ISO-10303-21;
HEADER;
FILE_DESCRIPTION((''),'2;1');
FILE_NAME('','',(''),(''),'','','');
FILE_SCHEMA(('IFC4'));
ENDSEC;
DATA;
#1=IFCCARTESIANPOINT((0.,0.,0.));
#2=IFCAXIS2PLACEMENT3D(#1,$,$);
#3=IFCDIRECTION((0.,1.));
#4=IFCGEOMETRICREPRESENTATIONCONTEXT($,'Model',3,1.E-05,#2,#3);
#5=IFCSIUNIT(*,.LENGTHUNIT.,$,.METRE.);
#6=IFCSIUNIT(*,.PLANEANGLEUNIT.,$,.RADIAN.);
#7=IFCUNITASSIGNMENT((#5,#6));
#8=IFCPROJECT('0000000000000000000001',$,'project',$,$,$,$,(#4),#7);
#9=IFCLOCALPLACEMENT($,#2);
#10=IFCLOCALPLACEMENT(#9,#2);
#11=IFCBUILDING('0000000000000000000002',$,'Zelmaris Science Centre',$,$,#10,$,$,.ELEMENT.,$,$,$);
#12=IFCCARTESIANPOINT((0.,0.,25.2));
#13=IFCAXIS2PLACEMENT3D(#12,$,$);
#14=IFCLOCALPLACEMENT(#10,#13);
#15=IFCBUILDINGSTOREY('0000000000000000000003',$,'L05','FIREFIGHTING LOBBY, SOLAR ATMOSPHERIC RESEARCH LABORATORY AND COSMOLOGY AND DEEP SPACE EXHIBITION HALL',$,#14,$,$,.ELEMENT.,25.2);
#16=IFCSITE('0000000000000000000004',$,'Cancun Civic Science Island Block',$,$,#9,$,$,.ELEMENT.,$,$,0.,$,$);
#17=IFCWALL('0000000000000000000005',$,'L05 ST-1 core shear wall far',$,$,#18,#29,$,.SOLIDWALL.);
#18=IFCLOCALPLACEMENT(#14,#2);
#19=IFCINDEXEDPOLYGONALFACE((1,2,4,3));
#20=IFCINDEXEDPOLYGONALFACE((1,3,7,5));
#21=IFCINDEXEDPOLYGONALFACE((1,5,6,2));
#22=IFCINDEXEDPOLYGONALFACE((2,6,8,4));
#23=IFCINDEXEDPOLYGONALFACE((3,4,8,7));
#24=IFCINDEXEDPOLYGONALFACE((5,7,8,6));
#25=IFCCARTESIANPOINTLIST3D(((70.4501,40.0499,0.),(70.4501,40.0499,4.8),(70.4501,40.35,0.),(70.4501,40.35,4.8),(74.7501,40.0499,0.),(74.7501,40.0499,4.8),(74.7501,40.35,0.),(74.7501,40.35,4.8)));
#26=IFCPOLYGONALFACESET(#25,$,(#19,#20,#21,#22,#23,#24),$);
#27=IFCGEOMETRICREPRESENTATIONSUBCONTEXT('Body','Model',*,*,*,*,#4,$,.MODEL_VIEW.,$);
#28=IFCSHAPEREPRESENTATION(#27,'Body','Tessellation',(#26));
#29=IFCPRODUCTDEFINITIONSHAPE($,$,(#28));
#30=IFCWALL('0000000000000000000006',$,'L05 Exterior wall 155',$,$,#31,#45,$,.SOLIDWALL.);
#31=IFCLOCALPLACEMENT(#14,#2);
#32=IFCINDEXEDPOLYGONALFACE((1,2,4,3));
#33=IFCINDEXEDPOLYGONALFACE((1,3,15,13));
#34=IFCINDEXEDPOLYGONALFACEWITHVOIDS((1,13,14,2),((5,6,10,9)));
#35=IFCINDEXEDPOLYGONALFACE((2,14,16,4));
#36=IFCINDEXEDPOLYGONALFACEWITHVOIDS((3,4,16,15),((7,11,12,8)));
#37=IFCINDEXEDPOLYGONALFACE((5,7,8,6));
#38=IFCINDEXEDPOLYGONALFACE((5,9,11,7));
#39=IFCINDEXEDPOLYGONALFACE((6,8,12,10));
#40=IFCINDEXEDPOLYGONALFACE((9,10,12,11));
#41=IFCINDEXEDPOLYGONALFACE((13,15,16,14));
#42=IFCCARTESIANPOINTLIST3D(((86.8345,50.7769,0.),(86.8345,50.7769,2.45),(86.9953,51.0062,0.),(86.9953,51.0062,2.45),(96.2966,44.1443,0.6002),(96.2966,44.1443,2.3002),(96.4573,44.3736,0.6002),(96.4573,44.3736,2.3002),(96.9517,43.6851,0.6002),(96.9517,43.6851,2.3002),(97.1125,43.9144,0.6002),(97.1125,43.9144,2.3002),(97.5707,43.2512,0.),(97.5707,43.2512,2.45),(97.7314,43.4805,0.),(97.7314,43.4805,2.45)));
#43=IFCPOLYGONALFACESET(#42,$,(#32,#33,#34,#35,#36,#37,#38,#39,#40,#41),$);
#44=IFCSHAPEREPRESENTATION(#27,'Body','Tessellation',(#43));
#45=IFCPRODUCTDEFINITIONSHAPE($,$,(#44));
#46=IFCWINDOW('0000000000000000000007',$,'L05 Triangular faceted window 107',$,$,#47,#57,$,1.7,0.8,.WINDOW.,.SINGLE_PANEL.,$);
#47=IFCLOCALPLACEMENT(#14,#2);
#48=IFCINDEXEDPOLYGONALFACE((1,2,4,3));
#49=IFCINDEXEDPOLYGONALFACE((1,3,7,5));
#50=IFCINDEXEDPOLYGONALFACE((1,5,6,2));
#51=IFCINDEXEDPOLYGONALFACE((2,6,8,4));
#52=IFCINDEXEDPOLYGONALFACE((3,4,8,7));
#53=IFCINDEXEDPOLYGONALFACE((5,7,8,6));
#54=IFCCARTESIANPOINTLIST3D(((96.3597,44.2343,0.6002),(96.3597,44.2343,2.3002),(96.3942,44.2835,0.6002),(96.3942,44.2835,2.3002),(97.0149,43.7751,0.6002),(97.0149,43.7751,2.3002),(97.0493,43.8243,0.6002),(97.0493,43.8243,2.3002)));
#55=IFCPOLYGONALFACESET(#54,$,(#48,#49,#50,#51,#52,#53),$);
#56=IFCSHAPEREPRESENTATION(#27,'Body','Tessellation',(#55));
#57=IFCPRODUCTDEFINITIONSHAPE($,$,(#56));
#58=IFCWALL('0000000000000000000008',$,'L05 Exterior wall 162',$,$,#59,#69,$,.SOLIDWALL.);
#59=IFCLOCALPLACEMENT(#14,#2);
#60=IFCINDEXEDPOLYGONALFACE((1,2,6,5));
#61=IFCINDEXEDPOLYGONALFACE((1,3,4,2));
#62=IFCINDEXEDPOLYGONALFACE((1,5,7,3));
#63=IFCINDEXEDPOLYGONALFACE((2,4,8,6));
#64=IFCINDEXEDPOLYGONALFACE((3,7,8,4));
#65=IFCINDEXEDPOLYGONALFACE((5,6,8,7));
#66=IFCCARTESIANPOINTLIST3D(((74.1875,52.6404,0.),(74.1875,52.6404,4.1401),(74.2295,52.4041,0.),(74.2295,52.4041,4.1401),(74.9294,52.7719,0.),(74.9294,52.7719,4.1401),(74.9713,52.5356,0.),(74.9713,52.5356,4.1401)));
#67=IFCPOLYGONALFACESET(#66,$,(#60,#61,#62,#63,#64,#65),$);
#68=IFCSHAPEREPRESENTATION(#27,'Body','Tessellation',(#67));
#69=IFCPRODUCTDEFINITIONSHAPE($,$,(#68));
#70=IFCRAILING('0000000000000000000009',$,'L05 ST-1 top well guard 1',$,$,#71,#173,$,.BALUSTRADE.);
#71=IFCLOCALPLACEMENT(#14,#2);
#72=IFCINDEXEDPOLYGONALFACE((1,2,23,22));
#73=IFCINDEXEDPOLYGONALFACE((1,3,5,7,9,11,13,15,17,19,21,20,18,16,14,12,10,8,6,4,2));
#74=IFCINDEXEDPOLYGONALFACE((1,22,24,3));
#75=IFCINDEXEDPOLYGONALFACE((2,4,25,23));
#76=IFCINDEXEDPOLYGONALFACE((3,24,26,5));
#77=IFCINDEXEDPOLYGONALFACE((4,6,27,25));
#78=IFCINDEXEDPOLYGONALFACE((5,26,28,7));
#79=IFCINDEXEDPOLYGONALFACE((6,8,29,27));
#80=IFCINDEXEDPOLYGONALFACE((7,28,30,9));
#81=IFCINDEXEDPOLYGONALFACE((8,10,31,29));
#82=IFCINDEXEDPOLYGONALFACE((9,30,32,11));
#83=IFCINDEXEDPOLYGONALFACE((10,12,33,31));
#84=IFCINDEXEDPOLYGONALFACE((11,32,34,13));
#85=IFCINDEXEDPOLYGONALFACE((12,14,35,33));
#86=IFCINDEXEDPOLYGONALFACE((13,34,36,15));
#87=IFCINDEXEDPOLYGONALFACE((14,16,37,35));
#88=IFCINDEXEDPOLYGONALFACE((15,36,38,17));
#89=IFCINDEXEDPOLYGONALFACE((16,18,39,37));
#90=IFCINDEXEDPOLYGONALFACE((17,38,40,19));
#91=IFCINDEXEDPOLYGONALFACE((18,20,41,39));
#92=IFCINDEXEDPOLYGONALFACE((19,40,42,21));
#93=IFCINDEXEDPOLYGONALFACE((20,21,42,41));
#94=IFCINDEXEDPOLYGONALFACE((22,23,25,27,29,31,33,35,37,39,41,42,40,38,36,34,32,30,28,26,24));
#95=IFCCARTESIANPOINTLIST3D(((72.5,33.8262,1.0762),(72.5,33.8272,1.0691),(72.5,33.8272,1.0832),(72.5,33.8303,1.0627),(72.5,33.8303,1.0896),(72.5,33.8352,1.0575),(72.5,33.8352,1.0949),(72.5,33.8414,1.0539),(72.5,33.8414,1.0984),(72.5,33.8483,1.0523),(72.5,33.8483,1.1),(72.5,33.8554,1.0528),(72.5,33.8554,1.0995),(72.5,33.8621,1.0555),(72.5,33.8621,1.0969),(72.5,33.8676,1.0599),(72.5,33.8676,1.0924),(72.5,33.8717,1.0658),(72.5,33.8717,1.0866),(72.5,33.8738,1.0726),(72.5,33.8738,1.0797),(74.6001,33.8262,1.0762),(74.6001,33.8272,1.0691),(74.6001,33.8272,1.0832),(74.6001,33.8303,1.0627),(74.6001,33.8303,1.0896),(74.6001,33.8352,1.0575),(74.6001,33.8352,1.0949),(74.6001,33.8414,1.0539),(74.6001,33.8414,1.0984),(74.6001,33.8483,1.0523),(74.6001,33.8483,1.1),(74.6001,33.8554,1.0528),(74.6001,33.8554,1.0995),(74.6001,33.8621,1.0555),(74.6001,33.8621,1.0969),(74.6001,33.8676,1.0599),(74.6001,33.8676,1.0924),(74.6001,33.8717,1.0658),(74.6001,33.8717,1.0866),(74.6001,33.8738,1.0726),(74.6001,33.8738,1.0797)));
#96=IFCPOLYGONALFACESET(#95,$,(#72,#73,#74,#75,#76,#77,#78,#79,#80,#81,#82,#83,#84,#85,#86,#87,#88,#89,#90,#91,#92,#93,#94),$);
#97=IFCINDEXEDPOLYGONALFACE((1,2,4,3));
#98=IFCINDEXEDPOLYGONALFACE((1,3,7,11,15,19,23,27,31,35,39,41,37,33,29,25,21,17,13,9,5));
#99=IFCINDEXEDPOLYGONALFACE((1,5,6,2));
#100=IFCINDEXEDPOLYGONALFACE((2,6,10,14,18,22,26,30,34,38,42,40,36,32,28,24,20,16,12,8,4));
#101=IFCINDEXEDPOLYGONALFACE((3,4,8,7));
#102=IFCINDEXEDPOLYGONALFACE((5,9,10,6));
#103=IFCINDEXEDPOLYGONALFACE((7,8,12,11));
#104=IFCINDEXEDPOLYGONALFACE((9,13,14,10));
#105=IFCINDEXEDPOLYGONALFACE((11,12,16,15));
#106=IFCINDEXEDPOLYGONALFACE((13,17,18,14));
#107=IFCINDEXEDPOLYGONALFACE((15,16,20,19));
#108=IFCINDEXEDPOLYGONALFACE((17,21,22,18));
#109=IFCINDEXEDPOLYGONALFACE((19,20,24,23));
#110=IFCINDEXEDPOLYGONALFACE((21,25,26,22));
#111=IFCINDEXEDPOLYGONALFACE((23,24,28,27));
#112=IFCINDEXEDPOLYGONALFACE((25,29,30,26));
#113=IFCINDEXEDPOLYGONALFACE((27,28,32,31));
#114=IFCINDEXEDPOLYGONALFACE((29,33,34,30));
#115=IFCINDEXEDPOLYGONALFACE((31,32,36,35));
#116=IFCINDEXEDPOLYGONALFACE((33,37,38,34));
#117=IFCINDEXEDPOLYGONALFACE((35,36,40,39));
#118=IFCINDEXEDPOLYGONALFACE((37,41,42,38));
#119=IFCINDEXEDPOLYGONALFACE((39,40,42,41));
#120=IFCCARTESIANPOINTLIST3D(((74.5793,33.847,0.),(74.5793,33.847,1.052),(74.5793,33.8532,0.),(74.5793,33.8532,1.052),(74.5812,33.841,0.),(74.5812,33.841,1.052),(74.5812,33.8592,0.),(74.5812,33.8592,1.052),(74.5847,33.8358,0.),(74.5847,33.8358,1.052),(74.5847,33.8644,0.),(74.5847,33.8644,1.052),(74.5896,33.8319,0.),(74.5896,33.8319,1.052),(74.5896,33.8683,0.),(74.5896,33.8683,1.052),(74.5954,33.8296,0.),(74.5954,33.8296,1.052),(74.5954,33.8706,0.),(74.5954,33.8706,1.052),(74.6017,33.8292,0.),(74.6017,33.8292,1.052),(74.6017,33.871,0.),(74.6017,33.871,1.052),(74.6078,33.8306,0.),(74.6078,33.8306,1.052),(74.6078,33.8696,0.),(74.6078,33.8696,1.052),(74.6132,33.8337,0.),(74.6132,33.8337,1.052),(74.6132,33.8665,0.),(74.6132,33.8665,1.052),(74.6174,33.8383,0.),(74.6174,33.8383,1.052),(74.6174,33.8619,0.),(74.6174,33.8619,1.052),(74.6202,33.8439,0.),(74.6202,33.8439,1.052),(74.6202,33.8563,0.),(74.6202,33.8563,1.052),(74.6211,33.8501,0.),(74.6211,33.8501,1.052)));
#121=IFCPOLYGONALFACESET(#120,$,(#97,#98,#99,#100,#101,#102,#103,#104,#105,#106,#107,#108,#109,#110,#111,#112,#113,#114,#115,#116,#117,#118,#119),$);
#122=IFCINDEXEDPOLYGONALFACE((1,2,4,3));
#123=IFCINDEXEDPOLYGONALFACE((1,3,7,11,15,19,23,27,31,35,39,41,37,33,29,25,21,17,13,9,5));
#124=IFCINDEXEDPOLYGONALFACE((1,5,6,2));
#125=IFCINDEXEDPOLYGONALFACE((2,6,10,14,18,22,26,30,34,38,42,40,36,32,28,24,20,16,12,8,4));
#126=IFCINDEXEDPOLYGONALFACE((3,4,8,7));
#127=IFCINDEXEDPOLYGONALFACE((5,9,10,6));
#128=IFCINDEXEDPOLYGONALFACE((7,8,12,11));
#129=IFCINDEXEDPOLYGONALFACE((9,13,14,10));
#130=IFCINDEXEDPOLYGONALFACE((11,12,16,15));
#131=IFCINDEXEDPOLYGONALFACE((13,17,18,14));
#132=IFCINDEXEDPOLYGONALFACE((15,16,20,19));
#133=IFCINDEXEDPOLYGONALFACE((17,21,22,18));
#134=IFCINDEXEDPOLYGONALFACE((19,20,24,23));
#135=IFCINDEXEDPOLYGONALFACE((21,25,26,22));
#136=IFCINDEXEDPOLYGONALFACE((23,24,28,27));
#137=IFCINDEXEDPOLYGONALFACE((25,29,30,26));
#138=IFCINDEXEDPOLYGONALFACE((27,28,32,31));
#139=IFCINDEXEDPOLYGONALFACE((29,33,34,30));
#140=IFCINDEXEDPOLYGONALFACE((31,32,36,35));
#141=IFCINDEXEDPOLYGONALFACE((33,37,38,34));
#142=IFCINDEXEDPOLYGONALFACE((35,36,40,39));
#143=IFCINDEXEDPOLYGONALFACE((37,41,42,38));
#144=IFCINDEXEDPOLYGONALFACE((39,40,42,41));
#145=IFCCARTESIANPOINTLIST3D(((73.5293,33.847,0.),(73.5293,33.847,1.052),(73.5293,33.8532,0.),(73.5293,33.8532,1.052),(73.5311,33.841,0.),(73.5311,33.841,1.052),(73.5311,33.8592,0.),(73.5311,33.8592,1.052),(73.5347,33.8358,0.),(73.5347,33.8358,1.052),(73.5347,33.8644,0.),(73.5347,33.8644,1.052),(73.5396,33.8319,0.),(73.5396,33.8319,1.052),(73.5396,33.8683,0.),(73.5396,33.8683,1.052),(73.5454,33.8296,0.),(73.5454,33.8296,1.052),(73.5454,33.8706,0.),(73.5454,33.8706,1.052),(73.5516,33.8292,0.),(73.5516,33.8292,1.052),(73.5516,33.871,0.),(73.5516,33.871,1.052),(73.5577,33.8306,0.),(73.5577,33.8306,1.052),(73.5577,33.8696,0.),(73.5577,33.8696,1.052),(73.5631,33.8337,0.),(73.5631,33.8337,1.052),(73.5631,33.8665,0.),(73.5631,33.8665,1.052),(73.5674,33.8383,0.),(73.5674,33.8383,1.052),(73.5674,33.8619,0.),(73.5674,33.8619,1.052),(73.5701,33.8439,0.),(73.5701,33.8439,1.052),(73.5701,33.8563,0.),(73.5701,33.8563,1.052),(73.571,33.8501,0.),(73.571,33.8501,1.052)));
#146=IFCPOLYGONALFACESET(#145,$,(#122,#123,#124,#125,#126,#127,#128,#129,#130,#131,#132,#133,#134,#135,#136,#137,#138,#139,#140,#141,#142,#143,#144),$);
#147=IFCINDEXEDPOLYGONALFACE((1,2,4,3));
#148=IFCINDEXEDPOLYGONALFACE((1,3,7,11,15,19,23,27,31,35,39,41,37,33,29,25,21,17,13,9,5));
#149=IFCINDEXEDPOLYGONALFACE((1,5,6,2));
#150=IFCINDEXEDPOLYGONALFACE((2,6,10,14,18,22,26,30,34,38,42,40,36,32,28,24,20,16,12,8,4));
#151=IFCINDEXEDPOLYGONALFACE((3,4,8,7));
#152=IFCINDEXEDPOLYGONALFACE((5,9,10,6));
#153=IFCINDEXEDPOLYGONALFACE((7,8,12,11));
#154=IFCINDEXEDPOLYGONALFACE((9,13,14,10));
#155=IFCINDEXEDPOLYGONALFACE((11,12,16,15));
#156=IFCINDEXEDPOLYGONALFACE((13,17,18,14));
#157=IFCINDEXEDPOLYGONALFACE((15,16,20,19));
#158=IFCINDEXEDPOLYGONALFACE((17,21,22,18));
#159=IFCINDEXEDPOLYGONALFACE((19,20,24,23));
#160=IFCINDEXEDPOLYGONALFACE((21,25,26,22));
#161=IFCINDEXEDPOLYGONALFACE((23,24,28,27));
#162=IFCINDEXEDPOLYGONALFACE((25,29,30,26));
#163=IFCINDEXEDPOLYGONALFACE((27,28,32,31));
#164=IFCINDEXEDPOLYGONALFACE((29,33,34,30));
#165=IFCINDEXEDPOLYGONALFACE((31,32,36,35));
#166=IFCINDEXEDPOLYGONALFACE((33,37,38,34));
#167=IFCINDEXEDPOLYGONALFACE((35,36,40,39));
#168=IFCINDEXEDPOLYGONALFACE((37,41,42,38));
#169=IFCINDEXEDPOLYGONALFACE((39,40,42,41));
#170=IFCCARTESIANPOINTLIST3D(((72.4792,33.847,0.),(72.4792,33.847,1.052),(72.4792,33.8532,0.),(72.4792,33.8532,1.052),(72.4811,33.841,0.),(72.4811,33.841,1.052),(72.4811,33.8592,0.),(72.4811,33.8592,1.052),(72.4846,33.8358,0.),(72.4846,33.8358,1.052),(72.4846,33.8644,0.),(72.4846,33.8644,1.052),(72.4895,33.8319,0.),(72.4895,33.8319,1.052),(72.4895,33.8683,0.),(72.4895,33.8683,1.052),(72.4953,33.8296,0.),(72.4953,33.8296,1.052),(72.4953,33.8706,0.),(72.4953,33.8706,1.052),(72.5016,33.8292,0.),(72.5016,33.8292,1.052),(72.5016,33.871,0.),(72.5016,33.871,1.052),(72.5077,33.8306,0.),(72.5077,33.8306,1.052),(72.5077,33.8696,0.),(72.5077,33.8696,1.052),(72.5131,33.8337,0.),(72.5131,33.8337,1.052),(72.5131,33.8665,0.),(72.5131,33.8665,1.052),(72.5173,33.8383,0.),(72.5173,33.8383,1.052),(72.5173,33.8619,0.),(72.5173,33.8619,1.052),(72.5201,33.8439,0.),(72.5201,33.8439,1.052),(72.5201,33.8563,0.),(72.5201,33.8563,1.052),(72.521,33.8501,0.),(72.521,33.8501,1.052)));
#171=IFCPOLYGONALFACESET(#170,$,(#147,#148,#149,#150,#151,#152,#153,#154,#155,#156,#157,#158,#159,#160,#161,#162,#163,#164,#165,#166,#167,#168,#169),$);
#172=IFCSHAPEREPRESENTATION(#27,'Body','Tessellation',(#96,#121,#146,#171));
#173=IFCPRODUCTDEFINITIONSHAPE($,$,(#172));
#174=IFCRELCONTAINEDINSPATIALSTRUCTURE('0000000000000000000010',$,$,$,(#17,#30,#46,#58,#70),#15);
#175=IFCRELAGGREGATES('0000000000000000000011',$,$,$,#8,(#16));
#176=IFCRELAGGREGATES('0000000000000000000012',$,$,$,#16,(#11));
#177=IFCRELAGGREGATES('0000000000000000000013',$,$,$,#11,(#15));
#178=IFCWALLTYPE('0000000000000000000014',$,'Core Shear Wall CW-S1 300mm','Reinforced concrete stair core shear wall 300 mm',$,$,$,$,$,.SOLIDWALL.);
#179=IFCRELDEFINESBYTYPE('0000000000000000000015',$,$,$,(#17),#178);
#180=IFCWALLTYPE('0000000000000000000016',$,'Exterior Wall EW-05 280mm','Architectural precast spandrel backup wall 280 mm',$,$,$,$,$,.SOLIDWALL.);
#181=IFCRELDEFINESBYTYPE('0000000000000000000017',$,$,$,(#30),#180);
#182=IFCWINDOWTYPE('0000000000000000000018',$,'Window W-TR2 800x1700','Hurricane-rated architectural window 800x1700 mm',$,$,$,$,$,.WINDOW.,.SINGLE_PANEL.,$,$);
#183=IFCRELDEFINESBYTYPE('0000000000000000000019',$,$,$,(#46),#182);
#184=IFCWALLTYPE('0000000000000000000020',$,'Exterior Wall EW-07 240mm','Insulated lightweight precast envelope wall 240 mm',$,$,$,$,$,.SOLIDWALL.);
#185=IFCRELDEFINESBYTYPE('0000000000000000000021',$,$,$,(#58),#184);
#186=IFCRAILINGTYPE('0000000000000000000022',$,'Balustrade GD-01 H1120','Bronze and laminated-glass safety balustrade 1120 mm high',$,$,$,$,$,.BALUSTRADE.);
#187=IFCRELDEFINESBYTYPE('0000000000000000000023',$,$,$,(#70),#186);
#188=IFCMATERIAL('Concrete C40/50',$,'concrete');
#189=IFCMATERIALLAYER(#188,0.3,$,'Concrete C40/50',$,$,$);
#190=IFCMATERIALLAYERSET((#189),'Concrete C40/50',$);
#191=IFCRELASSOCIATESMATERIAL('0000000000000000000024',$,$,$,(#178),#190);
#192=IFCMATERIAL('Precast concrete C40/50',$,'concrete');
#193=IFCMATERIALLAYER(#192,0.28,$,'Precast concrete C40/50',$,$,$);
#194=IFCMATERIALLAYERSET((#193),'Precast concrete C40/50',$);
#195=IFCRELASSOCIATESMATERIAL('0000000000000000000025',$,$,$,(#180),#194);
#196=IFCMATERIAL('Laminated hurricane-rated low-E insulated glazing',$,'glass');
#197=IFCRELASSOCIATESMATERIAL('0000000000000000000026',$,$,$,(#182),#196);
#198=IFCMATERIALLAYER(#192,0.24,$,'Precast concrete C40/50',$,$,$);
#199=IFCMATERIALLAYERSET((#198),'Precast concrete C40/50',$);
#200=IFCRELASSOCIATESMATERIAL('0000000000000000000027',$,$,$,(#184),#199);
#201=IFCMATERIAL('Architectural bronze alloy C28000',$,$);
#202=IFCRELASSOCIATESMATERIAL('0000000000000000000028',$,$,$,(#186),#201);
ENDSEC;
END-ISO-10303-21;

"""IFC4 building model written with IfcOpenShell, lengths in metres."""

from ifc_helpers import new_model, si_unit, direction, frame, frame_2d, origin, origin_2d, place, context, subcontext, project, spatial, rectangle, circle, extrude, material, layer, layer_set, type_object, element, fill, save


model = new_model("IFC4")

# Units and contexts
model_context = context("Model", 3, precision=1e-05, world=origin(), true_north=direction((0.0, 1.0)))
body_context = subcontext(model_context, "Body", "Model", "MODEL_VIEW")
ifc_project = project(units=[si_unit("LENGTHUNIT", "METRE"), si_unit("PLANEANGLEUNIT", "RADIAN")], contexts=[model_context])

# Site, building, storey
site_placement = place(None, origin())
site = spatial("IfcSite", under=ifc_project, at=site_placement, Name="Cancun Civic Science Island Block", CompositionType="ELEMENT", RefElevation=0.0)
building_placement = place(site_placement, origin())
building = spatial("IfcBuilding", under=site, at=building_placement, Name="Zelmaris Science Centre", CompositionType="ELEMENT")
storey_placement = place(building_placement, frame((0.0, 0.0, 25.2)))
storey = spatial("IfcBuildingStorey", under=building, at=storey_placement, Name="L05", Description="FIREFIGHTING LOBBY, SOLAR ATMOSPHERIC RESEARCH LABORATORY AND COSMOLOGY AND DEEP SPACE EXHIBITION HALL", CompositionType="ELEMENT", Elevation=25.2)

# Shared definitions
ifc_material_1 = material(Name="Precast concrete C40/50", Category="concrete")

# Wall
ifc_material_2 = material(Name="Concrete C40/50", Category="concrete")
ifc_layer_1 = layer(ifc_material_2, 0.3, Name="Concrete C40/50")
ifc_layer_set_1 = layer_set([ifc_layer_1], Name="Concrete C40/50")
wall_type_1 = type_object("IfcWallType", Name="Core Shear Wall CW-S1 300mm", Description="Reinforced concrete stair core shear wall 300 mm", PredefinedType="SOLIDWALL", material=ifc_layer_set_1)
wall_1_placement = place(storey_placement, frame((74.75, 40.2, 0.0), z_axis=(0.0, 0.0, 1.0), x_axis=(-1.0, 0.0, 0.0)))
element("IfcWall", 1, at=wall_1_placement, inside=storey, type_object=wall_type_1, Name="L05 ST-1 core shear wall far", PredefinedType="SOLIDWALL", context=body_context, shape_type="SweptSolid", body=[
    extrude(rectangle(XDim=4.3, YDim=0.3, at=frame_2d((2.1499, 0.0))), origin(), (0.0, 0.0, 1.0), 4.8),
])

# Wall, opening, window
ifc_layer_2 = layer(ifc_material_1, 0.28, Name="Precast concrete C40/50")
ifc_layer_set_2 = layer_set([ifc_layer_2], Name="Precast concrete C40/50")
wall_type_2 = type_object("IfcWallType", Name="Exterior Wall EW-05 280mm", Description="Architectural precast spandrel backup wall 280 mm", PredefinedType="SOLIDWALL", material=ifc_layer_set_2)
wall_2_placement = place(storey_placement, frame((86.9148, 50.8916, 0.0), z_axis=(0.0, 0.0, 1.0), x_axis=(0.81886, -0.573993, 0.0)))
wall_2 = element("IfcWall", 2, at=wall_2_placement, inside=storey, type_object=wall_type_2, Name="L05 Exterior wall 155", PredefinedType="SOLIDWALL", context=body_context, shape_type="SweptSolid", body=[
    extrude(rectangle(XDim=13.1111, YDim=0.28, at=frame_2d((6.5557, 0.0))), origin(), (0.0, 0.0, 1.0), 2.45),
])
opening_1_placement = place(wall_2_placement, frame((11.5554, 0.0, 0.6001)))
opening_1 = element("IfcOpeningElement", 3, at=opening_1_placement, cuts=wall_2, PredefinedType="OPENING", context=body_context, shape_type="SweptSolid", body=[
    extrude(rectangle(XDim=0.8, YDim=1.7, at=frame_2d((0.3999, 0.8501))), frame((0.0, 0.1499, 0.0), z_axis=(0.0, -1.0, 0.0), x_axis=(1.0, 0.0, 0.0)), (0.0, 0.0, 1.0), 0.3),
])
ifc_material_3 = material(Name="Laminated hurricane-rated low-E insulated glazing", Category="glass")
window_type = type_object("IfcWindowType", Name="Window W-TR2 800x1700", Description="Hurricane-rated architectural window 800x1700 mm", PartitioningType="SINGLE_PANEL", PredefinedType="WINDOW", material=ifc_material_3)
window_placement = place(opening_1_placement, origin())
window = element("IfcWindow", 4, at=window_placement, inside=storey, type_object=window_type, Name="L05 Triangular faceted window 107", OverallHeight=1.7, OverallWidth=0.8, PartitioningType="SINGLE_PANEL", PredefinedType="WINDOW", context=body_context, shape_type="SweptSolid", body=[
    extrude(rectangle(XDim=0.8, YDim=1.7, at=frame_2d((0.3999, 0.8501))), frame((0.0, 0.03, 0.0), z_axis=(0.0, -1.0, 0.0), x_axis=(1.0, 0.0, 0.0)), (0.0, 0.0, 1.0), 0.0601),
])
fill(opening_1, window)

# Wall
ifc_layer_3 = layer(ifc_material_1, 0.24, Name="Precast concrete C40/50")
ifc_layer_set_3 = layer_set([ifc_layer_3], Name="Precast concrete C40/50")
wall_type_3 = type_object("IfcWallType", Name="Exterior Wall EW-07 240mm", Description="Insulated lightweight precast envelope wall 240 mm", PredefinedType="SOLIDWALL", material=ifc_layer_set_3)
wall_3_placement = place(storey_placement, frame((74.2085, 52.5222, 0.0), z_axis=(0.0, 0.0, 1.0), x_axis=(0.984633, 0.174635, 0.0)))
element("IfcWall", 5, at=wall_3_placement, inside=storey, type_object=wall_type_3, Name="L05 Exterior wall 162", PredefinedType="SOLIDWALL", context=body_context, shape_type="SweptSolid", body=[
    extrude(rectangle(XDim=0.7534, YDim=0.24, at=frame_2d((0.3767, 0.0))), origin(), (0.0, 0.0, 1.0), 4.1401),
])

# Railing
ifc_material_4 = material(Name="Architectural bronze alloy C28000")
railing_type = type_object("IfcRailingType", Name="Balustrade GD-01 H1120", Description="Bronze and laminated-glass safety balustrade 1120 mm high", PredefinedType="BALUSTRADE", material=ifc_material_4)
railing_1_placement = place(storey_placement, frame((74.6001, 33.8501, 0.0)))
element("IfcRailing", 6, at=railing_1_placement, inside=storey, type_object=railing_type, Name="L05 ST-1 top well guard 1", PredefinedType="BALUSTRADE", context=body_context, shape_type="SweptSolid", body=[
    extrude(circle(Radius=0.0239, at=origin_2d()), frame((0.0, 0.0, 1.0762), z_axis=(-1.0, 0.0, 0.0), x_axis=(0.0, -1.0, 0.0)), (0.0, 0.0, 1.0), 2.1001),
    extrude(circle(Radius=0.021, at=origin_2d()), origin(), (0.0, 0.0, 1.0), 1.052),
    extrude(circle(Radius=0.021, at=origin_2d()), frame((-1.05, 0.0, 0.0)), (0.0, 0.0, 1.0), 1.052),
    extrude(circle(Radius=0.021, at=origin_2d()), frame((-2.1001, 0.0, 0.0)), (0.0, 0.0, 1.0), 1.052),
])

save(model, "model.ifc")
